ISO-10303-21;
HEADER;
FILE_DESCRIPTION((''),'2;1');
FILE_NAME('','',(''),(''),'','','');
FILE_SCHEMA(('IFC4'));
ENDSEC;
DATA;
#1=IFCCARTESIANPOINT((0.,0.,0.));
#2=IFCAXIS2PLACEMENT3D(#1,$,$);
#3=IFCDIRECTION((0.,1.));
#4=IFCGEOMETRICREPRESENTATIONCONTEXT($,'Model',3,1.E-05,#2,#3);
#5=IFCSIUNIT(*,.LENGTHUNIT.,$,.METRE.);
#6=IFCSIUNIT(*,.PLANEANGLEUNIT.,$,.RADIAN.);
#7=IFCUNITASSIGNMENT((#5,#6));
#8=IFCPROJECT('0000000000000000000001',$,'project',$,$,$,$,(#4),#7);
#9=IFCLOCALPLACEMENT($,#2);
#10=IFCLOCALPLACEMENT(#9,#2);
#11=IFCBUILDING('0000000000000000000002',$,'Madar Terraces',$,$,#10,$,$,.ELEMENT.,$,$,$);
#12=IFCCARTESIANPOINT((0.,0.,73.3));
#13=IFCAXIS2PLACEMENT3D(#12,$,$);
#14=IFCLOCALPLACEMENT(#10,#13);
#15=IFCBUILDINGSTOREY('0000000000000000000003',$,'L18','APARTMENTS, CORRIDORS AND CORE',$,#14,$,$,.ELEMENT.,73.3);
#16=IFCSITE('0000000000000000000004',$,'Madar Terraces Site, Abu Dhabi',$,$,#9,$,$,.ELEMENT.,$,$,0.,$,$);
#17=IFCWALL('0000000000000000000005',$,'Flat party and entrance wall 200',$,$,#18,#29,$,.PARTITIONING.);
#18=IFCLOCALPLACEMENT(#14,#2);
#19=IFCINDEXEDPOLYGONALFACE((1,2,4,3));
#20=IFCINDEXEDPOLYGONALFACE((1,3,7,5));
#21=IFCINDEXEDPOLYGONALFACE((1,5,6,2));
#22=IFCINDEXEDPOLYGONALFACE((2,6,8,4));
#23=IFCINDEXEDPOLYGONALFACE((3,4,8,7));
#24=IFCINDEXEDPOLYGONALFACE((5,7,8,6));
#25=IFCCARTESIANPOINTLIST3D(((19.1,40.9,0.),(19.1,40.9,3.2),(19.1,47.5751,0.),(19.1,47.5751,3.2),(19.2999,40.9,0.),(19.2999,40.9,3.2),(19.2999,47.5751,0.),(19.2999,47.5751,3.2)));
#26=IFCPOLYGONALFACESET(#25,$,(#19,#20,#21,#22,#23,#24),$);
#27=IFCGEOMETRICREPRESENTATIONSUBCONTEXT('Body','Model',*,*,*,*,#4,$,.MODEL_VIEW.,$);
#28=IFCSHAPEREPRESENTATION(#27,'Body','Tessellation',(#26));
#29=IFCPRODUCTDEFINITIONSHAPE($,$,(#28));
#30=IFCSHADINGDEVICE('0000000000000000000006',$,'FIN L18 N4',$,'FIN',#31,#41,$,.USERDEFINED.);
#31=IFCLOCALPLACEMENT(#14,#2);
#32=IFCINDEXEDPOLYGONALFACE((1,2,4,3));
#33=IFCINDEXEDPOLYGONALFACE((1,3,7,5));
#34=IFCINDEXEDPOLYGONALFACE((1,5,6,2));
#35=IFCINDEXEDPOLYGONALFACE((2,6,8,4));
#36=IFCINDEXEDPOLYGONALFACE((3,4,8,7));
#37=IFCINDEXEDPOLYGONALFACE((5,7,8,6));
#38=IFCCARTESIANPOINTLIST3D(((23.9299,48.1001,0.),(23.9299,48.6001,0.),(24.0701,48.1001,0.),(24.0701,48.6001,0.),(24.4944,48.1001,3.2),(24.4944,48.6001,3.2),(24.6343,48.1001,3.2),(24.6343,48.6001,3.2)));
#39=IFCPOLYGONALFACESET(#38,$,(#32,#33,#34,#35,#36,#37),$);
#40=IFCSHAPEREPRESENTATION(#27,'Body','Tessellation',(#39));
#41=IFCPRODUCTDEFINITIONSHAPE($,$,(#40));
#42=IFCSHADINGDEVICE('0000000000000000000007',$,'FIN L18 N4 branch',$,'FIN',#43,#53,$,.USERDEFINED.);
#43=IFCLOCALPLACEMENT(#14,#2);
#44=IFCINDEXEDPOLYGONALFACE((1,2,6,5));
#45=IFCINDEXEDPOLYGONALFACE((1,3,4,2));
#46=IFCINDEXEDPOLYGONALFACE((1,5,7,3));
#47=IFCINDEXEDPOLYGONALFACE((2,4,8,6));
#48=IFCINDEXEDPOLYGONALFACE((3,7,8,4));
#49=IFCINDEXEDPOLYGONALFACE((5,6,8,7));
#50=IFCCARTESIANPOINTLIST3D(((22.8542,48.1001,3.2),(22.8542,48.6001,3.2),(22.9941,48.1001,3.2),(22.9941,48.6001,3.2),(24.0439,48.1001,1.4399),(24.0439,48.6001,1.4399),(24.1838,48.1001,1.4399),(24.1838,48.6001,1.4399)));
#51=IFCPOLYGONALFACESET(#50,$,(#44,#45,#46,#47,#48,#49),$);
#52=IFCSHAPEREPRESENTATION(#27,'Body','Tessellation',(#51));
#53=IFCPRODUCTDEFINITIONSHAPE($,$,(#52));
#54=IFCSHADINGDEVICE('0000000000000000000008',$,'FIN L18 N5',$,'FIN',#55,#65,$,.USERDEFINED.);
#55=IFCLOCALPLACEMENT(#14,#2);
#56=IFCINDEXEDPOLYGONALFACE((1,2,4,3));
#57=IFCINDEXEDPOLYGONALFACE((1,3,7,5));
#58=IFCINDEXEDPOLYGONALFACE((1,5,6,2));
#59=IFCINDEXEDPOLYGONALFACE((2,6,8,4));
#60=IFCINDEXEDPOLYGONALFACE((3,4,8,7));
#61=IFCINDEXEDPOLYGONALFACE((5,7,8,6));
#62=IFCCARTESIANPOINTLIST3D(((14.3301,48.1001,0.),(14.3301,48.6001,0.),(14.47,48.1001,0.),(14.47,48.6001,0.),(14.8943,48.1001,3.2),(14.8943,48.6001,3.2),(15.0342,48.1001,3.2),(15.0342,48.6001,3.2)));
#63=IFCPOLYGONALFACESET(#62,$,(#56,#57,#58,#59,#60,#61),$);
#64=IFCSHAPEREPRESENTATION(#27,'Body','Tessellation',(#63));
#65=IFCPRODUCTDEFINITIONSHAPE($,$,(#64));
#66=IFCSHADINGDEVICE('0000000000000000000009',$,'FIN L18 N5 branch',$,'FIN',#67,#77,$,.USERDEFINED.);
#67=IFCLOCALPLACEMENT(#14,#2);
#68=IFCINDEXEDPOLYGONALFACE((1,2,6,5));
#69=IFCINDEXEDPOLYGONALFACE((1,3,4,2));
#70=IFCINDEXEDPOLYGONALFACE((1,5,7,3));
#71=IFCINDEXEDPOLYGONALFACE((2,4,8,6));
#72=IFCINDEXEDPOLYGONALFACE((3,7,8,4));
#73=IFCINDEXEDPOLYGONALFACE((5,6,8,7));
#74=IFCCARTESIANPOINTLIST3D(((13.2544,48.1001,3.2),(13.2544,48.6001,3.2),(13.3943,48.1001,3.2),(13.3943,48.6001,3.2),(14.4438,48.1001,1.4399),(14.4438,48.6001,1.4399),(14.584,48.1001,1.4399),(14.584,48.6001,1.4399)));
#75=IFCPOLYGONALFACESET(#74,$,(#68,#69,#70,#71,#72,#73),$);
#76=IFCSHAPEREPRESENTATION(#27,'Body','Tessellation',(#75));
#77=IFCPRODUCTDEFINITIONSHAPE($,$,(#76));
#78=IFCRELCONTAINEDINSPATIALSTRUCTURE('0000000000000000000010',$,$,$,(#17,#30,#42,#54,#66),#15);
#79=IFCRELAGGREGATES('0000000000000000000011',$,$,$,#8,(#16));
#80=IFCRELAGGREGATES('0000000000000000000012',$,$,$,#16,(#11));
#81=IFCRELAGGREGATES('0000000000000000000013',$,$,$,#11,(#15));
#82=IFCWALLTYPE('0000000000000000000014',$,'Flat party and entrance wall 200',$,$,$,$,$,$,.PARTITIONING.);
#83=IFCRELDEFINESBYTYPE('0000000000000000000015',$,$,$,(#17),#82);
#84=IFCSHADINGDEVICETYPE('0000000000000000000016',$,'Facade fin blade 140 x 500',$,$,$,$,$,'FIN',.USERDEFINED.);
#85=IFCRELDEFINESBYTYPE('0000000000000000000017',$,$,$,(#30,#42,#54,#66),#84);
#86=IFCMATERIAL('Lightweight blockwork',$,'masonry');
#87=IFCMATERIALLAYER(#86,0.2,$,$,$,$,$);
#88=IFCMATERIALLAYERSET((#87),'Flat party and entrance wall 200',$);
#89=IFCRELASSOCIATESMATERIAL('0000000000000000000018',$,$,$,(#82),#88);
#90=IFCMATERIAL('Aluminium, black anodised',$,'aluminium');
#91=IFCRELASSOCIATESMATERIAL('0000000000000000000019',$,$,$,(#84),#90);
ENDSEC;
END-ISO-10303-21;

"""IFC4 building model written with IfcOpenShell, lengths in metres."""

from ifc_helpers import new_model, si_unit, direction, frame, frame_2d, origin, place, context, subcontext, project, spatial, polyline, rectangle, outline, extrude, material, layer, layer_set, type_object, element, save


model = new_model("IFC4")

# Units and contexts
model_context = context("Model", 3, precision=1e-05, world=origin(), true_north=direction((0.0, 1.0)))
body_context = subcontext(model_context, "Body", "Model", "MODEL_VIEW")
ifc_project = project(units=[si_unit("LENGTHUNIT", "METRE"), si_unit("PLANEANGLEUNIT", "RADIAN")], contexts=[model_context])

# Site, building, storey
site_placement = place(None, origin())
site = spatial("IfcSite", under=ifc_project, at=site_placement, Name="Madar Terraces Site, Abu Dhabi", CompositionType="ELEMENT", RefElevation=0.0)
building_placement = place(site_placement, origin())
building = spatial("IfcBuilding", under=site, at=building_placement, Name="Madar Terraces", CompositionType="ELEMENT")
storey_placement = place(building_placement, frame((0.0, 0.0, 73.3)))
storey = spatial("IfcBuildingStorey", under=building, at=storey_placement, Name="L18", Description="APARTMENTS, CORRIDORS AND CORE", CompositionType="ELEMENT", Elevation=73.3)

# Wall
ifc_material_1 = material(Name="Lightweight blockwork", Category="masonry")
ifc_layer_1 = layer(ifc_material_1, 0.2)
ifc_layer_set_1 = layer_set([ifc_layer_1], Name="Flat party and entrance wall 200")
wall_type_1 = type_object("IfcWallType", Name="Flat party and entrance wall 200", PredefinedType="PARTITIONING", material=ifc_layer_set_1)
wall_1_placement = place(storey_placement, frame((19.2, 47.575, 0.0), z_axis=(0.0, 0.0, 1.0), x_axis=(0.0, -1.0, 0.0)))
element("IfcWall", 1, at=wall_1_placement, inside=storey, type_object=wall_type_1, Name="Flat party and entrance wall 200", PredefinedType="PARTITIONING", context=body_context, shape_type="SweptSolid", body=[
    extrude(rectangle(XDim=6.675, YDim=0.2, at=frame_2d((3.3374, 0.0))), origin(), (0.0, 0.0, 1.0), 3.2),
])

# Shading devices
ifc_material_2 = material(Name="Aluminium, black anodised", Category="aluminium")
shading_device_type = type_object("IfcShadingDeviceType", Name="Facade fin blade 140 x 500", ElementType="FIN", PredefinedType="USERDEFINED", material=ifc_material_2)
shading_device_1_placement = place(storey_placement, frame((24.0701, 48.3501, 0.0), z_axis=(0.0, 0.0, 1.0), x_axis=(-1.0, 0.0, 0.0)))
element("IfcShadingDevice", 2, at=shading_device_1_placement, inside=storey, type_object=shading_device_type, Name="FIN L18 N4", ObjectType="FIN", PredefinedType="USERDEFINED", context=body_context, shape_type="SweptSolid", body=[
    extrude(outline(polyline([(0.0, 0.0), (0.1401, 0.0), (-0.4243, 3.2), (-0.5642, 3.2), (0.0, 0.0)])), frame((0.0, 0.25, 0.0), z_axis=(0.0, -1.0, 0.0), x_axis=(1.0, 0.0, 0.0)), (0.0, 0.0, 1.0), 0.5),
])
shading_device_2_placement = place(storey_placement, frame((24.1838, 48.3501, 1.4399), z_axis=(0.0, 0.0, 1.0), x_axis=(-1.0, 0.0, 0.0)))
element("IfcShadingDevice", 3, at=shading_device_2_placement, inside=storey, type_object=shading_device_type, Name="FIN L18 N4 branch", ObjectType="FIN", PredefinedType="USERDEFINED", context=body_context, shape_type="SweptSolid", body=[
    extrude(outline(polyline([(0.0, 0.0), (0.1399, 0.0), (1.3296, 1.76), (1.1897, 1.76), (0.0, 0.0)])), frame((0.0, 0.25, 0.0), z_axis=(0.0, -1.0, 0.0), x_axis=(1.0, 0.0, 0.0)), (0.0, 0.0, 1.0), 0.5),
])
shading_device_3_placement = place(storey_placement, frame((14.47, 48.3501, 0.0), z_axis=(0.0, 0.0, 1.0), x_axis=(-1.0, 0.0, 0.0)))
element("IfcShadingDevice", 4, at=shading_device_3_placement, inside=storey, type_object=shading_device_type, Name="FIN L18 N5", ObjectType="FIN", PredefinedType="USERDEFINED", context=body_context, shape_type="SweptSolid", body=[
    extrude(outline(polyline([(0.0, 0.0), (0.1399, 0.0), (-0.4243, 3.2), (-0.5642, 3.2), (0.0, 0.0)])), frame((0.0, 0.25, 0.0), z_axis=(0.0, -1.0, 0.0), x_axis=(1.0, 0.0, 0.0)), (0.0, 0.0, 1.0), 0.5),
])
shading_device_4_placement = place(storey_placement, frame((14.584, 48.3501, 1.4399), z_axis=(0.0, 0.0, 1.0), x_axis=(-1.0, 0.0, 0.0)))
element("IfcShadingDevice", 5, at=shading_device_4_placement, inside=storey, type_object=shading_device_type, Name="FIN L18 N5 branch", ObjectType="FIN", PredefinedType="USERDEFINED", context=body_context, shape_type="SweptSolid", body=[
    extrude(outline(polyline([(0.0, 0.0), (0.1401, 0.0), (1.3296, 1.76), (1.1897, 1.76), (0.0, 0.0)])), frame((0.0, 0.25, 0.0), z_axis=(0.0, -1.0, 0.0), x_axis=(1.0, 0.0, 0.0)), (0.0, 0.0, 1.0), 0.5),
])

save(model, "model.ifc")
